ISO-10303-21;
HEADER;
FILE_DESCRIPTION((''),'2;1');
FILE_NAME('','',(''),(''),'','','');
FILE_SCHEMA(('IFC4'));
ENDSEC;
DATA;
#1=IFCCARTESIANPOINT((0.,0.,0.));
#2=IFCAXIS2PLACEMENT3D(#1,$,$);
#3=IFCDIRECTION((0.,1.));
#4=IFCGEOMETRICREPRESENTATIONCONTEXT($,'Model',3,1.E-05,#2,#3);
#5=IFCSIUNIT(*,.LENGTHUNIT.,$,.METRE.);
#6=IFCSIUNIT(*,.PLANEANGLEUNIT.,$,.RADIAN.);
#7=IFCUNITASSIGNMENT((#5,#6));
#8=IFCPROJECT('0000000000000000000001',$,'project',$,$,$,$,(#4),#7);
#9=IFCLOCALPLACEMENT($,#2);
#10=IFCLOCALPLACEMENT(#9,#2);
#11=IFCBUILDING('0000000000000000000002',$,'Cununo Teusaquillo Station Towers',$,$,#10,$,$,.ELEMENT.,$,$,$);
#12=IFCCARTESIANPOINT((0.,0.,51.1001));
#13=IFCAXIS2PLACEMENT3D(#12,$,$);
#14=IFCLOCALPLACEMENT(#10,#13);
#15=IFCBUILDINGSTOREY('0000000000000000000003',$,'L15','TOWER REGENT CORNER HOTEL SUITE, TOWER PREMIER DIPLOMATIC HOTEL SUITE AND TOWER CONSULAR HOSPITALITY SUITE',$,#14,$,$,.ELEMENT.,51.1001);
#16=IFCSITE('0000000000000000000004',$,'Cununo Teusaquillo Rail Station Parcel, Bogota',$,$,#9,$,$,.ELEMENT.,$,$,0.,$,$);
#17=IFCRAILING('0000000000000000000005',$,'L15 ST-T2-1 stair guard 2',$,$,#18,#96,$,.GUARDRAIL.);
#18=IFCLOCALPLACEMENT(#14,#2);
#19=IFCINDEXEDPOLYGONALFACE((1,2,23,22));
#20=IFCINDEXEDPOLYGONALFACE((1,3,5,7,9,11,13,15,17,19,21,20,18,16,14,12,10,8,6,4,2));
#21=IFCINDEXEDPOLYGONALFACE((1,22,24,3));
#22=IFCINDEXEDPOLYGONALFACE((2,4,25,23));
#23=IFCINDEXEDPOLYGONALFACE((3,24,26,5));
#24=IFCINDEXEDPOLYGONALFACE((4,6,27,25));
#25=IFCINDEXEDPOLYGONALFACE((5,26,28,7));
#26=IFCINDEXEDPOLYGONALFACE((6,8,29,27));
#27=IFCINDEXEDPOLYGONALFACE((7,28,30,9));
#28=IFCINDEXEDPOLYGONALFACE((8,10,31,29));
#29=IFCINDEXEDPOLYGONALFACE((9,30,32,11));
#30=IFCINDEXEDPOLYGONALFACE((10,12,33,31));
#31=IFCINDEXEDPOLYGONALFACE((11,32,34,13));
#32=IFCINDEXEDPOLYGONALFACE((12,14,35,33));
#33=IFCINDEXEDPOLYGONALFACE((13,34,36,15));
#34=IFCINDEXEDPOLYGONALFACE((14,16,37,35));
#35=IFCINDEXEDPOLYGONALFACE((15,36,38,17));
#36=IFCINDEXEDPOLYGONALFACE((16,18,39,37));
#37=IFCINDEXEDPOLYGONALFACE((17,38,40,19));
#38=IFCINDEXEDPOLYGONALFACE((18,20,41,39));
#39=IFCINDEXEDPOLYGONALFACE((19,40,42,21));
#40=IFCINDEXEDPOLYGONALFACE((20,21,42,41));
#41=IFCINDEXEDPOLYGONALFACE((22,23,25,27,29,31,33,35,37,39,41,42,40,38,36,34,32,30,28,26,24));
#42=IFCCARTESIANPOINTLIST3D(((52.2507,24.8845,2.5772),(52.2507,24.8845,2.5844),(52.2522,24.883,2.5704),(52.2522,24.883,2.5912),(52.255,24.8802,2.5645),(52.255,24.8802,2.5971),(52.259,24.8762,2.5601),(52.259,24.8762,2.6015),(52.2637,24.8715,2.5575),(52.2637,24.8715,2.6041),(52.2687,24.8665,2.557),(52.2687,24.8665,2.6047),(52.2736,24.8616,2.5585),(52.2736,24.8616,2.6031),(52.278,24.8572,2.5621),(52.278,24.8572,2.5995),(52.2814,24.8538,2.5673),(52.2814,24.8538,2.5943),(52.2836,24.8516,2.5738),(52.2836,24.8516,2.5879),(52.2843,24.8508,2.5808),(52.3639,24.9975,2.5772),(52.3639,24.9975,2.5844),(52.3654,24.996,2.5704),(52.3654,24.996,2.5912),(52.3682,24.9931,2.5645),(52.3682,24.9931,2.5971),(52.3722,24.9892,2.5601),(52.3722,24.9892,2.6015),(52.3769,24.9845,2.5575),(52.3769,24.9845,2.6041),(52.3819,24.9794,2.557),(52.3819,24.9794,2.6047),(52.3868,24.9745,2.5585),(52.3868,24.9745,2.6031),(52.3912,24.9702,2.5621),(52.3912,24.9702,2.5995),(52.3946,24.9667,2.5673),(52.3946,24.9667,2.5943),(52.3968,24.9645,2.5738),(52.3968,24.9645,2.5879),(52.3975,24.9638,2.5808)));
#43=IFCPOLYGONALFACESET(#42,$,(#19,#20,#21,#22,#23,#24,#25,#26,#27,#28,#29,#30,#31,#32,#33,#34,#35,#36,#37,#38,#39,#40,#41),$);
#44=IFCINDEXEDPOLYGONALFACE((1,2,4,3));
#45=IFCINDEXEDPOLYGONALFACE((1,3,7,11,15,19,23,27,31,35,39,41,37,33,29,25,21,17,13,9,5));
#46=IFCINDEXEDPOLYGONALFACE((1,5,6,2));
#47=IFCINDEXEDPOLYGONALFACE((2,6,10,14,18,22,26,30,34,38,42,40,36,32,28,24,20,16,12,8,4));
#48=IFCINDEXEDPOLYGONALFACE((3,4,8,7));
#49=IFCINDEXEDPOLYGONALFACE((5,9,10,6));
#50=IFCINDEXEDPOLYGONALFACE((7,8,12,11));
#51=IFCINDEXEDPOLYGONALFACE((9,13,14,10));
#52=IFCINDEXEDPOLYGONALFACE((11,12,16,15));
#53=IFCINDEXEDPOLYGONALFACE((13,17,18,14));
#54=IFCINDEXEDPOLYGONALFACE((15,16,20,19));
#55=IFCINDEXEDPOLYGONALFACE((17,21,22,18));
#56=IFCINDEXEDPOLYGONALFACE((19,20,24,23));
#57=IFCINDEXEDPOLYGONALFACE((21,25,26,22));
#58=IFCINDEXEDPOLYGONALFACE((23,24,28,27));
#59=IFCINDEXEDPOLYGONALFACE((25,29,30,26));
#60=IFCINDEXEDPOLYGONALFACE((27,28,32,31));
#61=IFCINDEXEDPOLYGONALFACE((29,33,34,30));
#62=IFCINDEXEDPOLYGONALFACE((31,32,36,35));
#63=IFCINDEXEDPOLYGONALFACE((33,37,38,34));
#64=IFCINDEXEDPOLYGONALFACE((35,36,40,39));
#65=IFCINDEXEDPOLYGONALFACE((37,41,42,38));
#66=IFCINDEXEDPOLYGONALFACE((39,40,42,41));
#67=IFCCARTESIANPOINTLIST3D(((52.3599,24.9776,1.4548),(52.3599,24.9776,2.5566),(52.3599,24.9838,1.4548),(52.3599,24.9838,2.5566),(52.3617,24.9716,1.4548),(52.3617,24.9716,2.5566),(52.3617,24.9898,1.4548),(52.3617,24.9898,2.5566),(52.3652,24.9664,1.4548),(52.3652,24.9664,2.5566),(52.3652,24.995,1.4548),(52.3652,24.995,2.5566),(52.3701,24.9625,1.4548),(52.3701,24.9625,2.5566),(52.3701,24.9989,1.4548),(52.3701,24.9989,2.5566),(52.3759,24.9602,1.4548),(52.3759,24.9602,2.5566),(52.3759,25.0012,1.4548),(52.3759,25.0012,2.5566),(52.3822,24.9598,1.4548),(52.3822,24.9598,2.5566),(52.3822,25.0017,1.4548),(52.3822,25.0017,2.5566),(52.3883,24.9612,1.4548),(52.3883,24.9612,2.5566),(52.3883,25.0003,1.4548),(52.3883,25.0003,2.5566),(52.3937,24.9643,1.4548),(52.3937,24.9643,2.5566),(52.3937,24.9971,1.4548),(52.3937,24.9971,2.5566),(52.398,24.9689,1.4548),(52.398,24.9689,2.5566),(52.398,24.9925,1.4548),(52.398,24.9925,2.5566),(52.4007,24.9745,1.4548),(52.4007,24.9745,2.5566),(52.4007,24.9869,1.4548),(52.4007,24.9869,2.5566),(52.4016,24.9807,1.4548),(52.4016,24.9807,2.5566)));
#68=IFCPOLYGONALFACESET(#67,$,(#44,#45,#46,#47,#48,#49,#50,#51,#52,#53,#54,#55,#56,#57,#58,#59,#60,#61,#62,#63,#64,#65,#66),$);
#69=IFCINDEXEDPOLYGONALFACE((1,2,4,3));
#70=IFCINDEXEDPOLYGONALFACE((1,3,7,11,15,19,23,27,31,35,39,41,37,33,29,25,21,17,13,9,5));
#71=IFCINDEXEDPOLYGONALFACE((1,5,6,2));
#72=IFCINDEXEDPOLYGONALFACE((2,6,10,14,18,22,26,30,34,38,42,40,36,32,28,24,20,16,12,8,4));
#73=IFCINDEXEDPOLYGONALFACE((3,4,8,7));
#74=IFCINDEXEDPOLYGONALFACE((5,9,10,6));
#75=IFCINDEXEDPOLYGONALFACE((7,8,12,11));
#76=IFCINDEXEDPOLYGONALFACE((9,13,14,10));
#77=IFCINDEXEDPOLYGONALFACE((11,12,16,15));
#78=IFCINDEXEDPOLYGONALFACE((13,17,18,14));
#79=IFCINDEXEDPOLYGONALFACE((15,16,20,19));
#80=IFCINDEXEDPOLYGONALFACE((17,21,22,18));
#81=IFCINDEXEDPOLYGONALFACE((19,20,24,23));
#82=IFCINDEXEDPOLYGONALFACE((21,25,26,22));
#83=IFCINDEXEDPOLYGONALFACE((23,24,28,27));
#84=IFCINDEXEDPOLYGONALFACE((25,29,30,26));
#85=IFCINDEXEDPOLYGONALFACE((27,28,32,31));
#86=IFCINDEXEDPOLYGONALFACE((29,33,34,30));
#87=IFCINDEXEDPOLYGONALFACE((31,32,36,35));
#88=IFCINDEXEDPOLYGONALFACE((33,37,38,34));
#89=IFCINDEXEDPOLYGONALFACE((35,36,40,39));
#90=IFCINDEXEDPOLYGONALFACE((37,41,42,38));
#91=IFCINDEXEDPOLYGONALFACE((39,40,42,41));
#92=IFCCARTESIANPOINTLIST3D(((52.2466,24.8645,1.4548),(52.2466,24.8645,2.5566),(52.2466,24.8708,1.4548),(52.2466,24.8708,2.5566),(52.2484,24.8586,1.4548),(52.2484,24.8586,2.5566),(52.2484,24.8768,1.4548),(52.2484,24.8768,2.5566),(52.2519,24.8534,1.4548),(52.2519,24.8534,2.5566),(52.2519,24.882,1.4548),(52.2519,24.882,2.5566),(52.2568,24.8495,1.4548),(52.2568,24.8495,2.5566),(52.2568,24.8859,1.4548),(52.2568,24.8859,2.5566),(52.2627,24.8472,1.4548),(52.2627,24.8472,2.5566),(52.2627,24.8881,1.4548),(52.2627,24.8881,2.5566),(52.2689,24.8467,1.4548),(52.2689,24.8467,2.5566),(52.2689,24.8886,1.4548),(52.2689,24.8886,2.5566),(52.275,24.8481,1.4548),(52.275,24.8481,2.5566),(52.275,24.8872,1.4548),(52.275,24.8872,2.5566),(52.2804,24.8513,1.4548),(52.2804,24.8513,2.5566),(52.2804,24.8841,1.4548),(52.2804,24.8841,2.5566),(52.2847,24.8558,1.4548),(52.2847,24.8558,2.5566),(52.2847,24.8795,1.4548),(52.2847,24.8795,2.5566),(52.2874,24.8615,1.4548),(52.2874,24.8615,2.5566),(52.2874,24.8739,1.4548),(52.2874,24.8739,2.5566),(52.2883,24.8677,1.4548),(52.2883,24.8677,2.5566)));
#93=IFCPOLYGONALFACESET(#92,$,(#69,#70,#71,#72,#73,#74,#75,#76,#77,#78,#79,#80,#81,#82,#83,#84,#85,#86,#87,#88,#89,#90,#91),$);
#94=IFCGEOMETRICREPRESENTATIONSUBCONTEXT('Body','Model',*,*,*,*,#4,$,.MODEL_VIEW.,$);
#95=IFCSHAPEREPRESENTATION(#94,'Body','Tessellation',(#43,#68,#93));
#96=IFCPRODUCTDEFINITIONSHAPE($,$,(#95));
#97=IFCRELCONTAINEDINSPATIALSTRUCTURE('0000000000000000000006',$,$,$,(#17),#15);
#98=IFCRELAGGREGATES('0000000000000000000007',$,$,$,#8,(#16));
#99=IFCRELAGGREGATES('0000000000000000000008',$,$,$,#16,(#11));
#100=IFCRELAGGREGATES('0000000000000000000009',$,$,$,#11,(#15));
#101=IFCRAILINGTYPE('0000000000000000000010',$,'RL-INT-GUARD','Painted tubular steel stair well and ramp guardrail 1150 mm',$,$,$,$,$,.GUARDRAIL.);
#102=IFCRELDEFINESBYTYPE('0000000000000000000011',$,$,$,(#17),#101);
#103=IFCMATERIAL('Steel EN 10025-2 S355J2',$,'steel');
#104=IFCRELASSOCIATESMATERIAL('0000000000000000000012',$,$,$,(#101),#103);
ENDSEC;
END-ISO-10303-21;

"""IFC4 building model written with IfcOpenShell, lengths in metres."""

from ifc_helpers import new_model, si_unit, direction, frame, origin, origin_2d, place, context, subcontext, project, spatial, circle, extrude, material, type_object, element, save


model = new_model("IFC4")

# Units and contexts
model_context = context("Model", 3, precision=1e-05, world=origin(), true_north=direction((0.0, 1.0)))
body_context = subcontext(model_context, "Body", "Model", "MODEL_VIEW")
ifc_project = project(units=[si_unit("LENGTHUNIT", "METRE"), si_unit("PLANEANGLEUNIT", "RADIAN")], contexts=[model_context])

# Site, building, storey
site_placement = place(None, origin())
site = spatial("IfcSite", under=ifc_project, at=site_placement, Name="Cununo Teusaquillo Rail Station Parcel, Bogota", CompositionType="ELEMENT", RefElevation=0.0)
building_placement = place(site_placement, origin())
building = spatial("IfcBuilding", under=site, at=building_placement, Name="Cununo Teusaquillo Station Towers", CompositionType="ELEMENT")
storey_placement = place(building_placement, frame((0.0, 0.0, 51.1001)))
storey = spatial("IfcBuildingStorey", under=building, at=storey_placement, Name="L15", Description="TOWER REGENT CORNER HOTEL SUITE, TOWER PREMIER DIPLOMATIC HOTEL SUITE AND TOWER CONSULAR HOSPITALITY SUITE", CompositionType="ELEMENT", Elevation=51.1001)

# Railing
ifc_material_1 = material(Name="Steel EN 10025-2 S355J2", Category="steel")
railing_type_1 = type_object("IfcRailingType", Name="RL-INT-GUARD", Description="Painted tubular steel stair well and ramp guardrail 1150 mm", PredefinedType="GUARDRAIL", material=ifc_material_1)
railing_1_placement = place(storey_placement, frame((52.3806, 24.9807, 1.4548)))
element("IfcRailing", 1, at=railing_1_placement, inside=storey, type_object=railing_type_1, Name="L15 ST-T2-1 stair guard 2", PredefinedType="GUARDRAIL", context=body_context, shape_type="SweptSolid", body=[
    extrude(circle(Radius=0.0239, at=origin_2d()), frame((0.0, 0.0, 1.126), z_axis=(-0.707869, -0.706344, 0.0), x_axis=(0.706344, -0.707869, 0.0)), (0.0, 0.0, 1.0), 0.1599),
    extrude(circle(Radius=0.021, at=origin_2d()), origin(), (0.0, 0.0, 1.0), 1.1018),
    extrude(circle(Radius=0.021, at=origin_2d()), frame((-0.1133, -0.113, 0.0)), (0.0, 0.0, 1.0), 1.1018),
])

save(model, "model.ifc")
